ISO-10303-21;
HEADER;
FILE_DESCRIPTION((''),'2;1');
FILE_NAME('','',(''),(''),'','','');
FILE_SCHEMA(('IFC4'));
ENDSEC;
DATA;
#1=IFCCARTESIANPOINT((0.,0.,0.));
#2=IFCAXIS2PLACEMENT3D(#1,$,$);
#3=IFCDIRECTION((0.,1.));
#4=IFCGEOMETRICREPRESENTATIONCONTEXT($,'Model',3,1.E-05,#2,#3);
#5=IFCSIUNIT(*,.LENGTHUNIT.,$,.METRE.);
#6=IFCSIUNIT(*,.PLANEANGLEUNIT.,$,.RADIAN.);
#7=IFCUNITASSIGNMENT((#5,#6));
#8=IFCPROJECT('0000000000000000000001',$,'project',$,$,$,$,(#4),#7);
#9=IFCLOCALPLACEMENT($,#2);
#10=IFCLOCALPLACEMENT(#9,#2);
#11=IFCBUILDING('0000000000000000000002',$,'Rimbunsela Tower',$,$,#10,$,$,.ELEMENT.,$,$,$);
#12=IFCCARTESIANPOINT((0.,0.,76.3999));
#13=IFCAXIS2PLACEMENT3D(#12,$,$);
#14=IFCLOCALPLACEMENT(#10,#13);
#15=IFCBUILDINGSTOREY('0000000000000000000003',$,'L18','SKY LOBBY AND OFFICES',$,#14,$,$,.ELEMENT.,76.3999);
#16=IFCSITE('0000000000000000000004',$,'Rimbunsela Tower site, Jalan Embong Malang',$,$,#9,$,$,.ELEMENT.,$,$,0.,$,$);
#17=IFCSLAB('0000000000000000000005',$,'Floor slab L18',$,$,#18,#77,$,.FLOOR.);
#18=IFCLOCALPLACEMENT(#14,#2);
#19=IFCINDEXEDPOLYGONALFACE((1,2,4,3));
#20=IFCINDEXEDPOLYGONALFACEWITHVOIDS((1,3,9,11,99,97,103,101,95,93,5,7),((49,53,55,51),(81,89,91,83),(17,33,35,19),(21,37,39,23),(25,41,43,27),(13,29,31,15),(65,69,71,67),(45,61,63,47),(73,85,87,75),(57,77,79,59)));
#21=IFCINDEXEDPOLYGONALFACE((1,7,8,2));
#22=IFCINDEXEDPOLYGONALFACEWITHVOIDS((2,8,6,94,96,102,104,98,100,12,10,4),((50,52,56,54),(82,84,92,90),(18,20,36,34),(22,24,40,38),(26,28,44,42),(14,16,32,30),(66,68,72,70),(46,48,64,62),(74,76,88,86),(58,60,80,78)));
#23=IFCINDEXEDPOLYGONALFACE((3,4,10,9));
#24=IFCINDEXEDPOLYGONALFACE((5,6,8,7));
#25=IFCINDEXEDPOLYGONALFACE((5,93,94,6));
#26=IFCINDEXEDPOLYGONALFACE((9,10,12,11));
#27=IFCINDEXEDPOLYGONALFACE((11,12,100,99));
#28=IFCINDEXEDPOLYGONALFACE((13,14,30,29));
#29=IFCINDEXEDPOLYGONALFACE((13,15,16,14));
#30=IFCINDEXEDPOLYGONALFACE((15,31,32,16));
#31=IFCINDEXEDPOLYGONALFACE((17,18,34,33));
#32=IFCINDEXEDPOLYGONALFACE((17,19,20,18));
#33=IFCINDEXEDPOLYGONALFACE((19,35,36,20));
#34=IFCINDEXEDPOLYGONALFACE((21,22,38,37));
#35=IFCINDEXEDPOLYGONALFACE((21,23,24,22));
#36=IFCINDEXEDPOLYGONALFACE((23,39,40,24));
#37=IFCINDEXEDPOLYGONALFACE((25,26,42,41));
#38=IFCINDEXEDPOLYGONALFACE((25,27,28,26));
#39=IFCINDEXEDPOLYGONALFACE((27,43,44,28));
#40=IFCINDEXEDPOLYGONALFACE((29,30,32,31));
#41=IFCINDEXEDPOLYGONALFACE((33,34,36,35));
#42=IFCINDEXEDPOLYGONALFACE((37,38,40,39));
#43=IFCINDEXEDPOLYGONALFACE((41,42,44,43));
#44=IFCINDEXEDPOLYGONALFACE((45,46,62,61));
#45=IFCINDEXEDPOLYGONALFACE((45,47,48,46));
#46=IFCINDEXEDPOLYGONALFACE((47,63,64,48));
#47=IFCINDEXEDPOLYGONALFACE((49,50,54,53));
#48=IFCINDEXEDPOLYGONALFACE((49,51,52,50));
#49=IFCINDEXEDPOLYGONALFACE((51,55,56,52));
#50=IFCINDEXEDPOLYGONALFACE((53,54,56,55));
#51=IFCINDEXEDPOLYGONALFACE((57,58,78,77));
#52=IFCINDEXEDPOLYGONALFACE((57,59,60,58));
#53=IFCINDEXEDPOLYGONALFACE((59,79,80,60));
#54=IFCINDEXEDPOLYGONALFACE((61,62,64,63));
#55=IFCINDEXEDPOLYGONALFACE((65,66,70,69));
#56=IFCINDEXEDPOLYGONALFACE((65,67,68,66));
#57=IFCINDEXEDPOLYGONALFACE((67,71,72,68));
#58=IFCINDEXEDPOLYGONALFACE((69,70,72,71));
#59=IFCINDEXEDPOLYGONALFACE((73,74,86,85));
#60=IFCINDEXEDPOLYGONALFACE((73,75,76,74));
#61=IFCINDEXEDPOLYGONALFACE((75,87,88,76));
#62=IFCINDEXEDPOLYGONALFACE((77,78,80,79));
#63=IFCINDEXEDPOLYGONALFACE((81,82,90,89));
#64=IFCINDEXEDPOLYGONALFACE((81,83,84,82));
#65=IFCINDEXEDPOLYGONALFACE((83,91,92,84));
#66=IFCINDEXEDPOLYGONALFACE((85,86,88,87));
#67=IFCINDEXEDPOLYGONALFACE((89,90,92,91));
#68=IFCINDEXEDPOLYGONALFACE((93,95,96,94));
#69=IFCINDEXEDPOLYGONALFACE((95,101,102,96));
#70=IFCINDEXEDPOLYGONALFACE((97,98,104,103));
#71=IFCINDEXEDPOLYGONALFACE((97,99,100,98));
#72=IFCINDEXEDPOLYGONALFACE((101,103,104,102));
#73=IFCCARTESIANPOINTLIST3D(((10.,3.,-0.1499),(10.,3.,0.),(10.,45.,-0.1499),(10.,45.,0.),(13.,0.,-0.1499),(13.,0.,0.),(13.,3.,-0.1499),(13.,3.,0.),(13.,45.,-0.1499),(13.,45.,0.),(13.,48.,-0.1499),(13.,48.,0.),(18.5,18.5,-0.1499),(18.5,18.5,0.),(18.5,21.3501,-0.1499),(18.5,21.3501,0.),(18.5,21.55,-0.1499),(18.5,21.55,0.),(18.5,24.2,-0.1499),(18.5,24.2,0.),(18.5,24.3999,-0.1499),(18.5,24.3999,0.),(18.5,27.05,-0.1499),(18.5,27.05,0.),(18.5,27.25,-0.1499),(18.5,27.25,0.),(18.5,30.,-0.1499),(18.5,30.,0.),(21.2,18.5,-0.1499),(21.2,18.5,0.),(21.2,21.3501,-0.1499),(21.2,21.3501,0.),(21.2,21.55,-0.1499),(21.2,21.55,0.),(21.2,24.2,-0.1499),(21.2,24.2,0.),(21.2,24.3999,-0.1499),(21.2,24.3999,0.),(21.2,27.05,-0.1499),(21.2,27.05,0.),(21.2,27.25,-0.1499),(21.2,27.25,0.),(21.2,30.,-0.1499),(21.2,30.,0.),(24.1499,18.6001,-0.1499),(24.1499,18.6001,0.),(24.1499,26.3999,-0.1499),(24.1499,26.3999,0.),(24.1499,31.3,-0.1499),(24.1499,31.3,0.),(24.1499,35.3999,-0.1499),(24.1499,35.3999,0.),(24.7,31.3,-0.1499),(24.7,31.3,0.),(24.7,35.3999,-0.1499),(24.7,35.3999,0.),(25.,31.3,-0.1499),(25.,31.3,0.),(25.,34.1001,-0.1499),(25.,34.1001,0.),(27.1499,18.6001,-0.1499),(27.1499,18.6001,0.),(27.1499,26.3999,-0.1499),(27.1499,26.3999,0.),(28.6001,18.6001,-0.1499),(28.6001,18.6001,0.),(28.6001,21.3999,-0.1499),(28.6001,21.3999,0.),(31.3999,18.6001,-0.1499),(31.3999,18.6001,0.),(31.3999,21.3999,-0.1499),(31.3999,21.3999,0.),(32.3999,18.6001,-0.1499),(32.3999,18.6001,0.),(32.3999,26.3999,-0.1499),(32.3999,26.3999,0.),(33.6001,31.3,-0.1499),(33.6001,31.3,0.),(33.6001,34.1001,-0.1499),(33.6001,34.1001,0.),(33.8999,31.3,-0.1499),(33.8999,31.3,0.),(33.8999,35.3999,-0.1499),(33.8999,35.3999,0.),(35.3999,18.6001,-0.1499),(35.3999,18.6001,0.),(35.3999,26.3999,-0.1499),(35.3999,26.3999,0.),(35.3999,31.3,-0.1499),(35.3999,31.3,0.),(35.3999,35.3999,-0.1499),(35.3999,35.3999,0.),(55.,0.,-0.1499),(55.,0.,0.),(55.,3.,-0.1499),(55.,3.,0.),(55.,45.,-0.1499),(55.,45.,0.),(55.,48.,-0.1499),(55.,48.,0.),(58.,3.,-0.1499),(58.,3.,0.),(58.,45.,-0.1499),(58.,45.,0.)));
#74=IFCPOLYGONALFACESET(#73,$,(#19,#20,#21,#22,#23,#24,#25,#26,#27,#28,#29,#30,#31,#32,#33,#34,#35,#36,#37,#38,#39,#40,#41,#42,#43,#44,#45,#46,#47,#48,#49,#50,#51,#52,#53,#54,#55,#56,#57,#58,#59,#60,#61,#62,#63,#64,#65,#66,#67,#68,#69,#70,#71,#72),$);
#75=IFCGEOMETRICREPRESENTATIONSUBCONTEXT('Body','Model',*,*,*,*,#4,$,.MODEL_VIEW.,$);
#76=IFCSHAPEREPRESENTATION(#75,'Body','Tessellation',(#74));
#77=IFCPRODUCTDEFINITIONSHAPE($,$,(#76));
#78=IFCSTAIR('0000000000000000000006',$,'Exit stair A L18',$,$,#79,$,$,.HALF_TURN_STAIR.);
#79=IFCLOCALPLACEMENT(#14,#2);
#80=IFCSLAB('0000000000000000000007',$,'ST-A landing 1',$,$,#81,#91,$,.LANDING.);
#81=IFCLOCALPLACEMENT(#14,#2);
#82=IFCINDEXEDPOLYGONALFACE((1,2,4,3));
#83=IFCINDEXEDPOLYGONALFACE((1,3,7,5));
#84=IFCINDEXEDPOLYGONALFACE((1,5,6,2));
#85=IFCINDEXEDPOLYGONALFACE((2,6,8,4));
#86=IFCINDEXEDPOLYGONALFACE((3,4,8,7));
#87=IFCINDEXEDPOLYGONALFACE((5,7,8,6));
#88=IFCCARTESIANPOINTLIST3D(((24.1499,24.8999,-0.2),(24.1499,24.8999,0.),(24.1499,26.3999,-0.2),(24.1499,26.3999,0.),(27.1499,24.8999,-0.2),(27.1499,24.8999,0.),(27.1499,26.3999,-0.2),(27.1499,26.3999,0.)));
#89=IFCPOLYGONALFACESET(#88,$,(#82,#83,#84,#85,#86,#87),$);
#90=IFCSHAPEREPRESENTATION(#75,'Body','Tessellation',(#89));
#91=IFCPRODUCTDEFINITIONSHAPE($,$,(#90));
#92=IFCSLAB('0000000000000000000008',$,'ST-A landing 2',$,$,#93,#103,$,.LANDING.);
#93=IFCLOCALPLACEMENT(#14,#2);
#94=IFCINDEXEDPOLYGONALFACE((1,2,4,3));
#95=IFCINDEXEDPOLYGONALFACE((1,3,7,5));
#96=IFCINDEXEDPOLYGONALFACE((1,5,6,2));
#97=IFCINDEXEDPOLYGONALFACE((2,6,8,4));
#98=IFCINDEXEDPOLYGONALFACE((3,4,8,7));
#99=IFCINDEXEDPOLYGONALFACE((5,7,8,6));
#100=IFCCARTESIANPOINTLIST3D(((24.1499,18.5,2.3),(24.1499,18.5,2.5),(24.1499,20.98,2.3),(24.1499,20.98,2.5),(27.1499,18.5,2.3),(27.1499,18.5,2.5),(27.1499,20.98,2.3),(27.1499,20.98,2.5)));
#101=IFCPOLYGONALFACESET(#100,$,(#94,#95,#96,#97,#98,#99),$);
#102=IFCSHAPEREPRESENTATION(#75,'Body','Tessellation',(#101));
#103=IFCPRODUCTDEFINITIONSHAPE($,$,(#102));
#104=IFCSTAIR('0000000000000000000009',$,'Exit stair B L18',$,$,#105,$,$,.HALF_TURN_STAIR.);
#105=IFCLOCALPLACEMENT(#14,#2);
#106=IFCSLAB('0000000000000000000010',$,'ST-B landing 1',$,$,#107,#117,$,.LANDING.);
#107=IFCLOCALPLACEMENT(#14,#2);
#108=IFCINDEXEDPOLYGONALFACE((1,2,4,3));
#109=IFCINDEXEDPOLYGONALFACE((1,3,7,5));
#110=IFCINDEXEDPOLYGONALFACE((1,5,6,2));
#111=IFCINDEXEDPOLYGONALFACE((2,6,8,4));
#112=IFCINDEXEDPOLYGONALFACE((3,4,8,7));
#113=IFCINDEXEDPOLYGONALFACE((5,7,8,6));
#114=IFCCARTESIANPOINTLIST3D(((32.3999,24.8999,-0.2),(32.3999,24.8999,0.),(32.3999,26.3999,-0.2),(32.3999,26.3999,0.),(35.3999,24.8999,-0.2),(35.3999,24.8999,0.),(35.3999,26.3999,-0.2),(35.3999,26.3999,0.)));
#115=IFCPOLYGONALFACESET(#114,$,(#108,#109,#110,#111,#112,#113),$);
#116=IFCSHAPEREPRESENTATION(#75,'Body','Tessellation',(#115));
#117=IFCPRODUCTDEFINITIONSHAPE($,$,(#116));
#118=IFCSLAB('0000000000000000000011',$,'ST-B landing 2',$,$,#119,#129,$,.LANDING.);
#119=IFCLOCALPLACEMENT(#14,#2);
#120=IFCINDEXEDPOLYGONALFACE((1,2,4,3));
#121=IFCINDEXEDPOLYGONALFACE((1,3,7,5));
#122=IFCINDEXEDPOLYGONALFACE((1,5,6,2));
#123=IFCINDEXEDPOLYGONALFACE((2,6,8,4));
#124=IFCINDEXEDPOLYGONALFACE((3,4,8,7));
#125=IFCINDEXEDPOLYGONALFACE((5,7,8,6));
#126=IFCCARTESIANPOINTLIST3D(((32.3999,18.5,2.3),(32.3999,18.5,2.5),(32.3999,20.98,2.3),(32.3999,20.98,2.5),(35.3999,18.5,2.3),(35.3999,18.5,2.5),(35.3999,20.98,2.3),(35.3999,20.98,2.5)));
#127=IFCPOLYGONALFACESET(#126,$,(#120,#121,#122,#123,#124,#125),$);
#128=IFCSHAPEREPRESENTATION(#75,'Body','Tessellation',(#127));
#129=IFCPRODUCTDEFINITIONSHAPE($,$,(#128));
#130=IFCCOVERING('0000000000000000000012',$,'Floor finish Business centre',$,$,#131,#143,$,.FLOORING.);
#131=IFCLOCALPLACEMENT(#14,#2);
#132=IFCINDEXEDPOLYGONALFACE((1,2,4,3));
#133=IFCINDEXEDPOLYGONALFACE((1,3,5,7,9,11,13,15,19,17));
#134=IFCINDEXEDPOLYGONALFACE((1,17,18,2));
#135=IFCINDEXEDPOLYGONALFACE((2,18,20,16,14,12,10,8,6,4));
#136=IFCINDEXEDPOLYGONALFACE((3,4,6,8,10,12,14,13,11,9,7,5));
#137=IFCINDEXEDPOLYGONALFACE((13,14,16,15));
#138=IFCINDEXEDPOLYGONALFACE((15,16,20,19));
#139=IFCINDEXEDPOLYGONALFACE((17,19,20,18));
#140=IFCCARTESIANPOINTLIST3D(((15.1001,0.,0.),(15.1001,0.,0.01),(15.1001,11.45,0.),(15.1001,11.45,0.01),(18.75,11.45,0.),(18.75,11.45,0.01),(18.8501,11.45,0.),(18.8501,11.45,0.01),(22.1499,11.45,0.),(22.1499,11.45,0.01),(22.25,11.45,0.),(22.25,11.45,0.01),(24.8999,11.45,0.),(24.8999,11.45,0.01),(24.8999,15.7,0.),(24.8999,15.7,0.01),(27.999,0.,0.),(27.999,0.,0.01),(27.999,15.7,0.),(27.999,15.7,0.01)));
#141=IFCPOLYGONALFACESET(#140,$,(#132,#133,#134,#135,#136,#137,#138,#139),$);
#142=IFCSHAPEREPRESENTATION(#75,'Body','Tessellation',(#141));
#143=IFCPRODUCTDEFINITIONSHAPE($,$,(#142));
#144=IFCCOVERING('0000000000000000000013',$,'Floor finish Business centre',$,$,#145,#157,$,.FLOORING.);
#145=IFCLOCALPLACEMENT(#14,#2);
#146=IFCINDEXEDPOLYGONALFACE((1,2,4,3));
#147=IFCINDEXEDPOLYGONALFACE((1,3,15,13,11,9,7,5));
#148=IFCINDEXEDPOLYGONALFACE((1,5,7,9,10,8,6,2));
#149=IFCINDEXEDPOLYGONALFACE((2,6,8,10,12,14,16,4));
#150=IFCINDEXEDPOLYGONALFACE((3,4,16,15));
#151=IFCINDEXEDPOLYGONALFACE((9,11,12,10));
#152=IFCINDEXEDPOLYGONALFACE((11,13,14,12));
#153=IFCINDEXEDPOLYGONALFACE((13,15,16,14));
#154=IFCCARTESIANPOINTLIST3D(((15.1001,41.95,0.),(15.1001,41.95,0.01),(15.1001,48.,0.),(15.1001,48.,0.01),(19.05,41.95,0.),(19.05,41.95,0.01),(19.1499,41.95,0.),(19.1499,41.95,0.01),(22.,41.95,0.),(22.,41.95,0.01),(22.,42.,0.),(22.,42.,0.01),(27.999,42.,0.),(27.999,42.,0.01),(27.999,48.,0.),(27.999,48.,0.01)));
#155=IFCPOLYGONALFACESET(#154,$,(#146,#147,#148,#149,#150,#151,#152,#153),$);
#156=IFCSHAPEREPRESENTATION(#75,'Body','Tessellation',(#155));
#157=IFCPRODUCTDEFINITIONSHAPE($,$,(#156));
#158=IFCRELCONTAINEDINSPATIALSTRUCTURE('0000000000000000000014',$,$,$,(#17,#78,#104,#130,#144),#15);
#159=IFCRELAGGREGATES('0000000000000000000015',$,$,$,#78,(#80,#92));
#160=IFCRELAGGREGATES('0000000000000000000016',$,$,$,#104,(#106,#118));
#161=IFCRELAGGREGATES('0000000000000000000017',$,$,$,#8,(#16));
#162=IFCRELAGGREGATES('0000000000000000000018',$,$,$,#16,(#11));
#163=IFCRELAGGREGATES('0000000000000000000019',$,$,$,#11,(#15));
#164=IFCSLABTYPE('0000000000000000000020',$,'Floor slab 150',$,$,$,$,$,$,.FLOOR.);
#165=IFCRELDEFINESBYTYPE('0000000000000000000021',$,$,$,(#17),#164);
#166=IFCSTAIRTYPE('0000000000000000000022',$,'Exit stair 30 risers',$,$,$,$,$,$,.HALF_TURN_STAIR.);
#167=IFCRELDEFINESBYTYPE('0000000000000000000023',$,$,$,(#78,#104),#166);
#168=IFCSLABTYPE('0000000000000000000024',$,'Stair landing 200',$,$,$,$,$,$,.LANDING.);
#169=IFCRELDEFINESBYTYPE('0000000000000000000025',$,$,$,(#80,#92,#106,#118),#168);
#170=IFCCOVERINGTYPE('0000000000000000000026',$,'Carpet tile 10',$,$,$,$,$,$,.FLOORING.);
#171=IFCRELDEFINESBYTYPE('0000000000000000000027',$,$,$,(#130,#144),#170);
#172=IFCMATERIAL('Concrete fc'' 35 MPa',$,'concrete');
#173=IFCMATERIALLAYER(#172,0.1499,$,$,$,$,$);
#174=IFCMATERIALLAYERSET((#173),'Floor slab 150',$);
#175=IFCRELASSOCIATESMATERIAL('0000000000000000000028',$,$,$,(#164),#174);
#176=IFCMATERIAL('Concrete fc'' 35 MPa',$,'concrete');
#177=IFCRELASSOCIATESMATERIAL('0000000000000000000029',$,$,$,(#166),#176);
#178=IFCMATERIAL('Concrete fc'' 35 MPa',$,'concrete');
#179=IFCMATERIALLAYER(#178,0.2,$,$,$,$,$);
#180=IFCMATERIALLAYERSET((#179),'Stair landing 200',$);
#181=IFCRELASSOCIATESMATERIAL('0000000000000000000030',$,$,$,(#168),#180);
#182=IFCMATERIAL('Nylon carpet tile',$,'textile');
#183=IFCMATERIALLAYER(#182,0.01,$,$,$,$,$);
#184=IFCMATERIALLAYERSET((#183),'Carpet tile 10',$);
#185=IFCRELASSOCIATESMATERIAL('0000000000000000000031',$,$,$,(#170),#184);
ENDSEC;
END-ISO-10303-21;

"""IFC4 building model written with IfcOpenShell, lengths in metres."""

from ifc_helpers import new_model, si_unit, direction, frame, origin, place, context, subcontext, project, spatial, polyline, outline, extrude, material, layer, layer_set, type_object, element, aggregate, save


model = new_model("IFC4")

# Units and contexts
model_context = context("Model", 3, precision=1e-05, world=origin(), true_north=direction((0.0, 1.0)))
body_context = subcontext(model_context, "Body", "Model", "MODEL_VIEW")
ifc_project = project(units=[si_unit("LENGTHUNIT", "METRE"), si_unit("PLANEANGLEUNIT", "RADIAN")], contexts=[model_context])

# Site, building, storey
site_placement = place(None, origin())
site = spatial("IfcSite", under=ifc_project, at=site_placement, Name="Rimbunsela Tower site, Jalan Embong Malang", CompositionType="ELEMENT", RefElevation=0.0)
building_placement = place(site_placement, origin())
building = spatial("IfcBuilding", under=site, at=building_placement, Name="Rimbunsela Tower", CompositionType="ELEMENT")
storey_placement = place(building_placement, frame((0.0, 0.0, 76.3999)))
storey = spatial("IfcBuildingStorey", under=building, at=storey_placement, Name="L18", Description="SKY LOBBY AND OFFICES", CompositionType="ELEMENT", Elevation=76.3999)

# Slab
ifc_material_1 = material(Name="Concrete fc' 35 MPa", Category="concrete")
ifc_layer_1 = layer(ifc_material_1, 0.1499)
ifc_layer_set_1 = layer_set([ifc_layer_1], Name="Floor slab 150")
slab_type_1 = type_object("IfcSlabType", Name="Floor slab 150", PredefinedType="FLOOR", material=ifc_layer_set_1)
slab_1_placement = place(storey_placement, frame((0.0, 0.0, -0.1499)))
element("IfcSlab", 1, at=slab_1_placement, inside=storey, type_object=slab_type_1, Name="Floor slab L18", PredefinedType="FLOOR", context=body_context, shape_type="SweptSolid", body=[
    extrude(outline(polyline([(13.0, 0.0), (55.0, 0.0), (55.0, 3.0), (58.0, 3.0), (58.0, 45.0), (55.0, 45.0), (55.0, 48.0), (13.0, 48.0), (13.0, 45.0), (10.0, 45.0), (10.0, 3.0), (13.0, 3.0), (13.0, 0.0)]), holes=[polyline([(21.2, 21.3501), (18.5, 21.3501), (18.5, 18.5), (21.2, 18.5), (21.2, 21.3501)]), polyline([(21.2, 21.55), (21.2, 24.2), (18.5, 24.2), (18.5, 21.55), (21.2, 21.55)]), polyline([(21.2, 27.05), (18.5, 27.05), (18.5, 24.3999), (21.2, 24.3999), (21.2, 27.05)]), polyline([(21.2, 27.25), (21.2, 30.0), (18.5, 30.0), (18.5, 27.25), (21.2, 27.25)]), polyline([(27.1499, 18.6001), (27.1499, 26.3999), (24.1499, 26.3999), (24.1499, 18.6001), (27.1499, 18.6001)]), polyline([(24.7, 31.3), (24.7, 35.3999), (24.1499, 35.3999), (24.1499, 31.3), (24.7, 31.3)]), polyline([(25.0, 34.1001), (25.0, 31.3), (33.6001, 31.3), (33.6001, 34.1001), (25.0, 34.1001)]), polyline([(31.3999, 21.3999), (28.6001, 21.3999), (28.6001, 18.6001), (31.3999, 18.6001), (31.3999, 21.3999)]), polyline([(35.3999, 18.6001), (35.3999, 26.3999), (32.3999, 26.3999), (32.3999, 18.6001), (35.3999, 18.6001)]), polyline([(35.3999, 31.3), (35.3999, 35.3999), (33.8999, 35.3999), (33.8999, 31.3), (35.3999, 31.3)])]), origin(), (0.0, 0.0, 1.0), 0.1499),
])

# Stairs, slabs
ifc_material_2 = material(Name="Concrete fc' 35 MPa", Category="concrete")
stair_type = type_object("IfcStairType", Name="Exit stair 30 risers", PredefinedType="HALF_TURN_STAIR", material=ifc_material_2)
stair_1_placement = place(storey_placement, origin())
stair_1 = element("IfcStair", 2, at=stair_1_placement, inside=storey, type_object=stair_type, Name="Exit stair A L18", PredefinedType="HALF_TURN_STAIR")
ifc_material_3 = material(Name="Concrete fc' 35 MPa", Category="concrete")
ifc_layer_2 = layer(ifc_material_3, 0.2)
ifc_layer_set_2 = layer_set([ifc_layer_2], Name="Stair landing 200")
slab_type_2 = type_object("IfcSlabType", Name="Stair landing 200", PredefinedType="LANDING", material=ifc_layer_set_2)
slab_2_placement = place(storey_placement, frame((0.0, 0.0, -0.2)))
slab_2 = element("IfcSlab", 3, at=slab_2_placement, type_object=slab_type_2, Name="ST-A landing 1", PredefinedType="LANDING", context=body_context, shape_type="SweptSolid", body=[
    extrude(outline(polyline([(24.1499, 24.8999), (27.1499, 24.8999), (27.1499, 26.3999), (24.1499, 26.3999), (24.1499, 24.8999)])), origin(), (0.0, 0.0, 1.0), 0.2),
])
slab_3_placement = place(storey_placement, frame((0.0, 0.0, 2.3)))
slab_3 = element("IfcSlab", 4, at=slab_3_placement, type_object=slab_type_2, Name="ST-A landing 2", PredefinedType="LANDING", context=body_context, shape_type="SweptSolid", body=[
    extrude(outline(polyline([(24.1499, 18.5), (27.1499, 18.5), (27.1499, 20.98), (24.1499, 20.98), (24.1499, 18.5)])), origin(), (0.0, 0.0, 1.0), 0.2),
])
aggregate(stair_1, [slab_2, slab_3])
stair_2_placement = place(storey_placement, origin())
stair_2 = element("IfcStair", 5, at=stair_2_placement, inside=storey, type_object=stair_type, Name="Exit stair B L18", PredefinedType="HALF_TURN_STAIR")
slab_4_placement = place(storey_placement, frame((0.0, 0.0, -0.2)))
slab_4 = element("IfcSlab", 6, at=slab_4_placement, type_object=slab_type_2, Name="ST-B landing 1", PredefinedType="LANDING", context=body_context, shape_type="SweptSolid", body=[
    extrude(outline(polyline([(32.3999, 24.8999), (35.3999, 24.8999), (35.3999, 26.3999), (32.3999, 26.3999), (32.3999, 24.8999)])), origin(), (0.0, 0.0, 1.0), 0.2),
])
slab_5_placement = place(storey_placement, frame((0.0, 0.0, 2.3)))
slab_5 = element("IfcSlab", 7, at=slab_5_placement, type_object=slab_type_2, Name="ST-B landing 2", PredefinedType="LANDING", context=body_context, shape_type="SweptSolid", body=[
    extrude(outline(polyline([(32.3999, 18.5), (35.3999, 18.5), (35.3999, 20.98), (32.3999, 20.98), (32.3999, 18.5)])), origin(), (0.0, 0.0, 1.0), 0.2),
])
aggregate(stair_2, [slab_4, slab_5])

# Coverings
ifc_material_4 = material(Name="Nylon carpet tile", Category="textile")
ifc_layer_3 = layer(ifc_material_4, 0.01)
ifc_layer_set_3 = layer_set([ifc_layer_3], Name="Carpet tile 10")
covering_type_1 = type_object("IfcCoveringType", Name="Carpet tile 10", PredefinedType="FLOORING", material=ifc_layer_set_3)
covering_1_placement = place(storey_placement, origin())
element("IfcCovering", 8, at=covering_1_placement, inside=storey, type_object=covering_type_1, Name="Floor finish Business centre", PredefinedType="FLOORING", context=body_context, shape_type="SweptSolid", body=[
    extrude(outline(polyline([(18.8501, 11.45), (22.1499, 11.45), (22.25, 11.45), (24.8999, 11.45), (24.8999, 15.7), (27.999, 15.7), (27.999, 0.0), (15.1001, 0.0), (15.1001, 11.45), (18.75, 11.45), (18.8501, 11.45)])), origin(), (0.0, 0.0, 1.0), 0.01),
])
covering_2_placement = place(storey_placement, origin())
element("IfcCovering", 9, at=covering_2_placement, inside=storey, type_object=covering_type_1, Name="Floor finish Business centre", PredefinedType="FLOORING", context=body_context, shape_type="SweptSolid", body=[
    extrude(outline(polyline([(27.999, 42.0), (22.0, 42.0), (22.0, 41.95), (19.1499, 41.95), (19.05, 41.95), (15.1001, 41.95), (15.1001, 48.0), (27.999, 48.0), (27.999, 42.0)])), origin(), (0.0, 0.0, 1.0), 0.01),
])

save(model, "model.ifc")
